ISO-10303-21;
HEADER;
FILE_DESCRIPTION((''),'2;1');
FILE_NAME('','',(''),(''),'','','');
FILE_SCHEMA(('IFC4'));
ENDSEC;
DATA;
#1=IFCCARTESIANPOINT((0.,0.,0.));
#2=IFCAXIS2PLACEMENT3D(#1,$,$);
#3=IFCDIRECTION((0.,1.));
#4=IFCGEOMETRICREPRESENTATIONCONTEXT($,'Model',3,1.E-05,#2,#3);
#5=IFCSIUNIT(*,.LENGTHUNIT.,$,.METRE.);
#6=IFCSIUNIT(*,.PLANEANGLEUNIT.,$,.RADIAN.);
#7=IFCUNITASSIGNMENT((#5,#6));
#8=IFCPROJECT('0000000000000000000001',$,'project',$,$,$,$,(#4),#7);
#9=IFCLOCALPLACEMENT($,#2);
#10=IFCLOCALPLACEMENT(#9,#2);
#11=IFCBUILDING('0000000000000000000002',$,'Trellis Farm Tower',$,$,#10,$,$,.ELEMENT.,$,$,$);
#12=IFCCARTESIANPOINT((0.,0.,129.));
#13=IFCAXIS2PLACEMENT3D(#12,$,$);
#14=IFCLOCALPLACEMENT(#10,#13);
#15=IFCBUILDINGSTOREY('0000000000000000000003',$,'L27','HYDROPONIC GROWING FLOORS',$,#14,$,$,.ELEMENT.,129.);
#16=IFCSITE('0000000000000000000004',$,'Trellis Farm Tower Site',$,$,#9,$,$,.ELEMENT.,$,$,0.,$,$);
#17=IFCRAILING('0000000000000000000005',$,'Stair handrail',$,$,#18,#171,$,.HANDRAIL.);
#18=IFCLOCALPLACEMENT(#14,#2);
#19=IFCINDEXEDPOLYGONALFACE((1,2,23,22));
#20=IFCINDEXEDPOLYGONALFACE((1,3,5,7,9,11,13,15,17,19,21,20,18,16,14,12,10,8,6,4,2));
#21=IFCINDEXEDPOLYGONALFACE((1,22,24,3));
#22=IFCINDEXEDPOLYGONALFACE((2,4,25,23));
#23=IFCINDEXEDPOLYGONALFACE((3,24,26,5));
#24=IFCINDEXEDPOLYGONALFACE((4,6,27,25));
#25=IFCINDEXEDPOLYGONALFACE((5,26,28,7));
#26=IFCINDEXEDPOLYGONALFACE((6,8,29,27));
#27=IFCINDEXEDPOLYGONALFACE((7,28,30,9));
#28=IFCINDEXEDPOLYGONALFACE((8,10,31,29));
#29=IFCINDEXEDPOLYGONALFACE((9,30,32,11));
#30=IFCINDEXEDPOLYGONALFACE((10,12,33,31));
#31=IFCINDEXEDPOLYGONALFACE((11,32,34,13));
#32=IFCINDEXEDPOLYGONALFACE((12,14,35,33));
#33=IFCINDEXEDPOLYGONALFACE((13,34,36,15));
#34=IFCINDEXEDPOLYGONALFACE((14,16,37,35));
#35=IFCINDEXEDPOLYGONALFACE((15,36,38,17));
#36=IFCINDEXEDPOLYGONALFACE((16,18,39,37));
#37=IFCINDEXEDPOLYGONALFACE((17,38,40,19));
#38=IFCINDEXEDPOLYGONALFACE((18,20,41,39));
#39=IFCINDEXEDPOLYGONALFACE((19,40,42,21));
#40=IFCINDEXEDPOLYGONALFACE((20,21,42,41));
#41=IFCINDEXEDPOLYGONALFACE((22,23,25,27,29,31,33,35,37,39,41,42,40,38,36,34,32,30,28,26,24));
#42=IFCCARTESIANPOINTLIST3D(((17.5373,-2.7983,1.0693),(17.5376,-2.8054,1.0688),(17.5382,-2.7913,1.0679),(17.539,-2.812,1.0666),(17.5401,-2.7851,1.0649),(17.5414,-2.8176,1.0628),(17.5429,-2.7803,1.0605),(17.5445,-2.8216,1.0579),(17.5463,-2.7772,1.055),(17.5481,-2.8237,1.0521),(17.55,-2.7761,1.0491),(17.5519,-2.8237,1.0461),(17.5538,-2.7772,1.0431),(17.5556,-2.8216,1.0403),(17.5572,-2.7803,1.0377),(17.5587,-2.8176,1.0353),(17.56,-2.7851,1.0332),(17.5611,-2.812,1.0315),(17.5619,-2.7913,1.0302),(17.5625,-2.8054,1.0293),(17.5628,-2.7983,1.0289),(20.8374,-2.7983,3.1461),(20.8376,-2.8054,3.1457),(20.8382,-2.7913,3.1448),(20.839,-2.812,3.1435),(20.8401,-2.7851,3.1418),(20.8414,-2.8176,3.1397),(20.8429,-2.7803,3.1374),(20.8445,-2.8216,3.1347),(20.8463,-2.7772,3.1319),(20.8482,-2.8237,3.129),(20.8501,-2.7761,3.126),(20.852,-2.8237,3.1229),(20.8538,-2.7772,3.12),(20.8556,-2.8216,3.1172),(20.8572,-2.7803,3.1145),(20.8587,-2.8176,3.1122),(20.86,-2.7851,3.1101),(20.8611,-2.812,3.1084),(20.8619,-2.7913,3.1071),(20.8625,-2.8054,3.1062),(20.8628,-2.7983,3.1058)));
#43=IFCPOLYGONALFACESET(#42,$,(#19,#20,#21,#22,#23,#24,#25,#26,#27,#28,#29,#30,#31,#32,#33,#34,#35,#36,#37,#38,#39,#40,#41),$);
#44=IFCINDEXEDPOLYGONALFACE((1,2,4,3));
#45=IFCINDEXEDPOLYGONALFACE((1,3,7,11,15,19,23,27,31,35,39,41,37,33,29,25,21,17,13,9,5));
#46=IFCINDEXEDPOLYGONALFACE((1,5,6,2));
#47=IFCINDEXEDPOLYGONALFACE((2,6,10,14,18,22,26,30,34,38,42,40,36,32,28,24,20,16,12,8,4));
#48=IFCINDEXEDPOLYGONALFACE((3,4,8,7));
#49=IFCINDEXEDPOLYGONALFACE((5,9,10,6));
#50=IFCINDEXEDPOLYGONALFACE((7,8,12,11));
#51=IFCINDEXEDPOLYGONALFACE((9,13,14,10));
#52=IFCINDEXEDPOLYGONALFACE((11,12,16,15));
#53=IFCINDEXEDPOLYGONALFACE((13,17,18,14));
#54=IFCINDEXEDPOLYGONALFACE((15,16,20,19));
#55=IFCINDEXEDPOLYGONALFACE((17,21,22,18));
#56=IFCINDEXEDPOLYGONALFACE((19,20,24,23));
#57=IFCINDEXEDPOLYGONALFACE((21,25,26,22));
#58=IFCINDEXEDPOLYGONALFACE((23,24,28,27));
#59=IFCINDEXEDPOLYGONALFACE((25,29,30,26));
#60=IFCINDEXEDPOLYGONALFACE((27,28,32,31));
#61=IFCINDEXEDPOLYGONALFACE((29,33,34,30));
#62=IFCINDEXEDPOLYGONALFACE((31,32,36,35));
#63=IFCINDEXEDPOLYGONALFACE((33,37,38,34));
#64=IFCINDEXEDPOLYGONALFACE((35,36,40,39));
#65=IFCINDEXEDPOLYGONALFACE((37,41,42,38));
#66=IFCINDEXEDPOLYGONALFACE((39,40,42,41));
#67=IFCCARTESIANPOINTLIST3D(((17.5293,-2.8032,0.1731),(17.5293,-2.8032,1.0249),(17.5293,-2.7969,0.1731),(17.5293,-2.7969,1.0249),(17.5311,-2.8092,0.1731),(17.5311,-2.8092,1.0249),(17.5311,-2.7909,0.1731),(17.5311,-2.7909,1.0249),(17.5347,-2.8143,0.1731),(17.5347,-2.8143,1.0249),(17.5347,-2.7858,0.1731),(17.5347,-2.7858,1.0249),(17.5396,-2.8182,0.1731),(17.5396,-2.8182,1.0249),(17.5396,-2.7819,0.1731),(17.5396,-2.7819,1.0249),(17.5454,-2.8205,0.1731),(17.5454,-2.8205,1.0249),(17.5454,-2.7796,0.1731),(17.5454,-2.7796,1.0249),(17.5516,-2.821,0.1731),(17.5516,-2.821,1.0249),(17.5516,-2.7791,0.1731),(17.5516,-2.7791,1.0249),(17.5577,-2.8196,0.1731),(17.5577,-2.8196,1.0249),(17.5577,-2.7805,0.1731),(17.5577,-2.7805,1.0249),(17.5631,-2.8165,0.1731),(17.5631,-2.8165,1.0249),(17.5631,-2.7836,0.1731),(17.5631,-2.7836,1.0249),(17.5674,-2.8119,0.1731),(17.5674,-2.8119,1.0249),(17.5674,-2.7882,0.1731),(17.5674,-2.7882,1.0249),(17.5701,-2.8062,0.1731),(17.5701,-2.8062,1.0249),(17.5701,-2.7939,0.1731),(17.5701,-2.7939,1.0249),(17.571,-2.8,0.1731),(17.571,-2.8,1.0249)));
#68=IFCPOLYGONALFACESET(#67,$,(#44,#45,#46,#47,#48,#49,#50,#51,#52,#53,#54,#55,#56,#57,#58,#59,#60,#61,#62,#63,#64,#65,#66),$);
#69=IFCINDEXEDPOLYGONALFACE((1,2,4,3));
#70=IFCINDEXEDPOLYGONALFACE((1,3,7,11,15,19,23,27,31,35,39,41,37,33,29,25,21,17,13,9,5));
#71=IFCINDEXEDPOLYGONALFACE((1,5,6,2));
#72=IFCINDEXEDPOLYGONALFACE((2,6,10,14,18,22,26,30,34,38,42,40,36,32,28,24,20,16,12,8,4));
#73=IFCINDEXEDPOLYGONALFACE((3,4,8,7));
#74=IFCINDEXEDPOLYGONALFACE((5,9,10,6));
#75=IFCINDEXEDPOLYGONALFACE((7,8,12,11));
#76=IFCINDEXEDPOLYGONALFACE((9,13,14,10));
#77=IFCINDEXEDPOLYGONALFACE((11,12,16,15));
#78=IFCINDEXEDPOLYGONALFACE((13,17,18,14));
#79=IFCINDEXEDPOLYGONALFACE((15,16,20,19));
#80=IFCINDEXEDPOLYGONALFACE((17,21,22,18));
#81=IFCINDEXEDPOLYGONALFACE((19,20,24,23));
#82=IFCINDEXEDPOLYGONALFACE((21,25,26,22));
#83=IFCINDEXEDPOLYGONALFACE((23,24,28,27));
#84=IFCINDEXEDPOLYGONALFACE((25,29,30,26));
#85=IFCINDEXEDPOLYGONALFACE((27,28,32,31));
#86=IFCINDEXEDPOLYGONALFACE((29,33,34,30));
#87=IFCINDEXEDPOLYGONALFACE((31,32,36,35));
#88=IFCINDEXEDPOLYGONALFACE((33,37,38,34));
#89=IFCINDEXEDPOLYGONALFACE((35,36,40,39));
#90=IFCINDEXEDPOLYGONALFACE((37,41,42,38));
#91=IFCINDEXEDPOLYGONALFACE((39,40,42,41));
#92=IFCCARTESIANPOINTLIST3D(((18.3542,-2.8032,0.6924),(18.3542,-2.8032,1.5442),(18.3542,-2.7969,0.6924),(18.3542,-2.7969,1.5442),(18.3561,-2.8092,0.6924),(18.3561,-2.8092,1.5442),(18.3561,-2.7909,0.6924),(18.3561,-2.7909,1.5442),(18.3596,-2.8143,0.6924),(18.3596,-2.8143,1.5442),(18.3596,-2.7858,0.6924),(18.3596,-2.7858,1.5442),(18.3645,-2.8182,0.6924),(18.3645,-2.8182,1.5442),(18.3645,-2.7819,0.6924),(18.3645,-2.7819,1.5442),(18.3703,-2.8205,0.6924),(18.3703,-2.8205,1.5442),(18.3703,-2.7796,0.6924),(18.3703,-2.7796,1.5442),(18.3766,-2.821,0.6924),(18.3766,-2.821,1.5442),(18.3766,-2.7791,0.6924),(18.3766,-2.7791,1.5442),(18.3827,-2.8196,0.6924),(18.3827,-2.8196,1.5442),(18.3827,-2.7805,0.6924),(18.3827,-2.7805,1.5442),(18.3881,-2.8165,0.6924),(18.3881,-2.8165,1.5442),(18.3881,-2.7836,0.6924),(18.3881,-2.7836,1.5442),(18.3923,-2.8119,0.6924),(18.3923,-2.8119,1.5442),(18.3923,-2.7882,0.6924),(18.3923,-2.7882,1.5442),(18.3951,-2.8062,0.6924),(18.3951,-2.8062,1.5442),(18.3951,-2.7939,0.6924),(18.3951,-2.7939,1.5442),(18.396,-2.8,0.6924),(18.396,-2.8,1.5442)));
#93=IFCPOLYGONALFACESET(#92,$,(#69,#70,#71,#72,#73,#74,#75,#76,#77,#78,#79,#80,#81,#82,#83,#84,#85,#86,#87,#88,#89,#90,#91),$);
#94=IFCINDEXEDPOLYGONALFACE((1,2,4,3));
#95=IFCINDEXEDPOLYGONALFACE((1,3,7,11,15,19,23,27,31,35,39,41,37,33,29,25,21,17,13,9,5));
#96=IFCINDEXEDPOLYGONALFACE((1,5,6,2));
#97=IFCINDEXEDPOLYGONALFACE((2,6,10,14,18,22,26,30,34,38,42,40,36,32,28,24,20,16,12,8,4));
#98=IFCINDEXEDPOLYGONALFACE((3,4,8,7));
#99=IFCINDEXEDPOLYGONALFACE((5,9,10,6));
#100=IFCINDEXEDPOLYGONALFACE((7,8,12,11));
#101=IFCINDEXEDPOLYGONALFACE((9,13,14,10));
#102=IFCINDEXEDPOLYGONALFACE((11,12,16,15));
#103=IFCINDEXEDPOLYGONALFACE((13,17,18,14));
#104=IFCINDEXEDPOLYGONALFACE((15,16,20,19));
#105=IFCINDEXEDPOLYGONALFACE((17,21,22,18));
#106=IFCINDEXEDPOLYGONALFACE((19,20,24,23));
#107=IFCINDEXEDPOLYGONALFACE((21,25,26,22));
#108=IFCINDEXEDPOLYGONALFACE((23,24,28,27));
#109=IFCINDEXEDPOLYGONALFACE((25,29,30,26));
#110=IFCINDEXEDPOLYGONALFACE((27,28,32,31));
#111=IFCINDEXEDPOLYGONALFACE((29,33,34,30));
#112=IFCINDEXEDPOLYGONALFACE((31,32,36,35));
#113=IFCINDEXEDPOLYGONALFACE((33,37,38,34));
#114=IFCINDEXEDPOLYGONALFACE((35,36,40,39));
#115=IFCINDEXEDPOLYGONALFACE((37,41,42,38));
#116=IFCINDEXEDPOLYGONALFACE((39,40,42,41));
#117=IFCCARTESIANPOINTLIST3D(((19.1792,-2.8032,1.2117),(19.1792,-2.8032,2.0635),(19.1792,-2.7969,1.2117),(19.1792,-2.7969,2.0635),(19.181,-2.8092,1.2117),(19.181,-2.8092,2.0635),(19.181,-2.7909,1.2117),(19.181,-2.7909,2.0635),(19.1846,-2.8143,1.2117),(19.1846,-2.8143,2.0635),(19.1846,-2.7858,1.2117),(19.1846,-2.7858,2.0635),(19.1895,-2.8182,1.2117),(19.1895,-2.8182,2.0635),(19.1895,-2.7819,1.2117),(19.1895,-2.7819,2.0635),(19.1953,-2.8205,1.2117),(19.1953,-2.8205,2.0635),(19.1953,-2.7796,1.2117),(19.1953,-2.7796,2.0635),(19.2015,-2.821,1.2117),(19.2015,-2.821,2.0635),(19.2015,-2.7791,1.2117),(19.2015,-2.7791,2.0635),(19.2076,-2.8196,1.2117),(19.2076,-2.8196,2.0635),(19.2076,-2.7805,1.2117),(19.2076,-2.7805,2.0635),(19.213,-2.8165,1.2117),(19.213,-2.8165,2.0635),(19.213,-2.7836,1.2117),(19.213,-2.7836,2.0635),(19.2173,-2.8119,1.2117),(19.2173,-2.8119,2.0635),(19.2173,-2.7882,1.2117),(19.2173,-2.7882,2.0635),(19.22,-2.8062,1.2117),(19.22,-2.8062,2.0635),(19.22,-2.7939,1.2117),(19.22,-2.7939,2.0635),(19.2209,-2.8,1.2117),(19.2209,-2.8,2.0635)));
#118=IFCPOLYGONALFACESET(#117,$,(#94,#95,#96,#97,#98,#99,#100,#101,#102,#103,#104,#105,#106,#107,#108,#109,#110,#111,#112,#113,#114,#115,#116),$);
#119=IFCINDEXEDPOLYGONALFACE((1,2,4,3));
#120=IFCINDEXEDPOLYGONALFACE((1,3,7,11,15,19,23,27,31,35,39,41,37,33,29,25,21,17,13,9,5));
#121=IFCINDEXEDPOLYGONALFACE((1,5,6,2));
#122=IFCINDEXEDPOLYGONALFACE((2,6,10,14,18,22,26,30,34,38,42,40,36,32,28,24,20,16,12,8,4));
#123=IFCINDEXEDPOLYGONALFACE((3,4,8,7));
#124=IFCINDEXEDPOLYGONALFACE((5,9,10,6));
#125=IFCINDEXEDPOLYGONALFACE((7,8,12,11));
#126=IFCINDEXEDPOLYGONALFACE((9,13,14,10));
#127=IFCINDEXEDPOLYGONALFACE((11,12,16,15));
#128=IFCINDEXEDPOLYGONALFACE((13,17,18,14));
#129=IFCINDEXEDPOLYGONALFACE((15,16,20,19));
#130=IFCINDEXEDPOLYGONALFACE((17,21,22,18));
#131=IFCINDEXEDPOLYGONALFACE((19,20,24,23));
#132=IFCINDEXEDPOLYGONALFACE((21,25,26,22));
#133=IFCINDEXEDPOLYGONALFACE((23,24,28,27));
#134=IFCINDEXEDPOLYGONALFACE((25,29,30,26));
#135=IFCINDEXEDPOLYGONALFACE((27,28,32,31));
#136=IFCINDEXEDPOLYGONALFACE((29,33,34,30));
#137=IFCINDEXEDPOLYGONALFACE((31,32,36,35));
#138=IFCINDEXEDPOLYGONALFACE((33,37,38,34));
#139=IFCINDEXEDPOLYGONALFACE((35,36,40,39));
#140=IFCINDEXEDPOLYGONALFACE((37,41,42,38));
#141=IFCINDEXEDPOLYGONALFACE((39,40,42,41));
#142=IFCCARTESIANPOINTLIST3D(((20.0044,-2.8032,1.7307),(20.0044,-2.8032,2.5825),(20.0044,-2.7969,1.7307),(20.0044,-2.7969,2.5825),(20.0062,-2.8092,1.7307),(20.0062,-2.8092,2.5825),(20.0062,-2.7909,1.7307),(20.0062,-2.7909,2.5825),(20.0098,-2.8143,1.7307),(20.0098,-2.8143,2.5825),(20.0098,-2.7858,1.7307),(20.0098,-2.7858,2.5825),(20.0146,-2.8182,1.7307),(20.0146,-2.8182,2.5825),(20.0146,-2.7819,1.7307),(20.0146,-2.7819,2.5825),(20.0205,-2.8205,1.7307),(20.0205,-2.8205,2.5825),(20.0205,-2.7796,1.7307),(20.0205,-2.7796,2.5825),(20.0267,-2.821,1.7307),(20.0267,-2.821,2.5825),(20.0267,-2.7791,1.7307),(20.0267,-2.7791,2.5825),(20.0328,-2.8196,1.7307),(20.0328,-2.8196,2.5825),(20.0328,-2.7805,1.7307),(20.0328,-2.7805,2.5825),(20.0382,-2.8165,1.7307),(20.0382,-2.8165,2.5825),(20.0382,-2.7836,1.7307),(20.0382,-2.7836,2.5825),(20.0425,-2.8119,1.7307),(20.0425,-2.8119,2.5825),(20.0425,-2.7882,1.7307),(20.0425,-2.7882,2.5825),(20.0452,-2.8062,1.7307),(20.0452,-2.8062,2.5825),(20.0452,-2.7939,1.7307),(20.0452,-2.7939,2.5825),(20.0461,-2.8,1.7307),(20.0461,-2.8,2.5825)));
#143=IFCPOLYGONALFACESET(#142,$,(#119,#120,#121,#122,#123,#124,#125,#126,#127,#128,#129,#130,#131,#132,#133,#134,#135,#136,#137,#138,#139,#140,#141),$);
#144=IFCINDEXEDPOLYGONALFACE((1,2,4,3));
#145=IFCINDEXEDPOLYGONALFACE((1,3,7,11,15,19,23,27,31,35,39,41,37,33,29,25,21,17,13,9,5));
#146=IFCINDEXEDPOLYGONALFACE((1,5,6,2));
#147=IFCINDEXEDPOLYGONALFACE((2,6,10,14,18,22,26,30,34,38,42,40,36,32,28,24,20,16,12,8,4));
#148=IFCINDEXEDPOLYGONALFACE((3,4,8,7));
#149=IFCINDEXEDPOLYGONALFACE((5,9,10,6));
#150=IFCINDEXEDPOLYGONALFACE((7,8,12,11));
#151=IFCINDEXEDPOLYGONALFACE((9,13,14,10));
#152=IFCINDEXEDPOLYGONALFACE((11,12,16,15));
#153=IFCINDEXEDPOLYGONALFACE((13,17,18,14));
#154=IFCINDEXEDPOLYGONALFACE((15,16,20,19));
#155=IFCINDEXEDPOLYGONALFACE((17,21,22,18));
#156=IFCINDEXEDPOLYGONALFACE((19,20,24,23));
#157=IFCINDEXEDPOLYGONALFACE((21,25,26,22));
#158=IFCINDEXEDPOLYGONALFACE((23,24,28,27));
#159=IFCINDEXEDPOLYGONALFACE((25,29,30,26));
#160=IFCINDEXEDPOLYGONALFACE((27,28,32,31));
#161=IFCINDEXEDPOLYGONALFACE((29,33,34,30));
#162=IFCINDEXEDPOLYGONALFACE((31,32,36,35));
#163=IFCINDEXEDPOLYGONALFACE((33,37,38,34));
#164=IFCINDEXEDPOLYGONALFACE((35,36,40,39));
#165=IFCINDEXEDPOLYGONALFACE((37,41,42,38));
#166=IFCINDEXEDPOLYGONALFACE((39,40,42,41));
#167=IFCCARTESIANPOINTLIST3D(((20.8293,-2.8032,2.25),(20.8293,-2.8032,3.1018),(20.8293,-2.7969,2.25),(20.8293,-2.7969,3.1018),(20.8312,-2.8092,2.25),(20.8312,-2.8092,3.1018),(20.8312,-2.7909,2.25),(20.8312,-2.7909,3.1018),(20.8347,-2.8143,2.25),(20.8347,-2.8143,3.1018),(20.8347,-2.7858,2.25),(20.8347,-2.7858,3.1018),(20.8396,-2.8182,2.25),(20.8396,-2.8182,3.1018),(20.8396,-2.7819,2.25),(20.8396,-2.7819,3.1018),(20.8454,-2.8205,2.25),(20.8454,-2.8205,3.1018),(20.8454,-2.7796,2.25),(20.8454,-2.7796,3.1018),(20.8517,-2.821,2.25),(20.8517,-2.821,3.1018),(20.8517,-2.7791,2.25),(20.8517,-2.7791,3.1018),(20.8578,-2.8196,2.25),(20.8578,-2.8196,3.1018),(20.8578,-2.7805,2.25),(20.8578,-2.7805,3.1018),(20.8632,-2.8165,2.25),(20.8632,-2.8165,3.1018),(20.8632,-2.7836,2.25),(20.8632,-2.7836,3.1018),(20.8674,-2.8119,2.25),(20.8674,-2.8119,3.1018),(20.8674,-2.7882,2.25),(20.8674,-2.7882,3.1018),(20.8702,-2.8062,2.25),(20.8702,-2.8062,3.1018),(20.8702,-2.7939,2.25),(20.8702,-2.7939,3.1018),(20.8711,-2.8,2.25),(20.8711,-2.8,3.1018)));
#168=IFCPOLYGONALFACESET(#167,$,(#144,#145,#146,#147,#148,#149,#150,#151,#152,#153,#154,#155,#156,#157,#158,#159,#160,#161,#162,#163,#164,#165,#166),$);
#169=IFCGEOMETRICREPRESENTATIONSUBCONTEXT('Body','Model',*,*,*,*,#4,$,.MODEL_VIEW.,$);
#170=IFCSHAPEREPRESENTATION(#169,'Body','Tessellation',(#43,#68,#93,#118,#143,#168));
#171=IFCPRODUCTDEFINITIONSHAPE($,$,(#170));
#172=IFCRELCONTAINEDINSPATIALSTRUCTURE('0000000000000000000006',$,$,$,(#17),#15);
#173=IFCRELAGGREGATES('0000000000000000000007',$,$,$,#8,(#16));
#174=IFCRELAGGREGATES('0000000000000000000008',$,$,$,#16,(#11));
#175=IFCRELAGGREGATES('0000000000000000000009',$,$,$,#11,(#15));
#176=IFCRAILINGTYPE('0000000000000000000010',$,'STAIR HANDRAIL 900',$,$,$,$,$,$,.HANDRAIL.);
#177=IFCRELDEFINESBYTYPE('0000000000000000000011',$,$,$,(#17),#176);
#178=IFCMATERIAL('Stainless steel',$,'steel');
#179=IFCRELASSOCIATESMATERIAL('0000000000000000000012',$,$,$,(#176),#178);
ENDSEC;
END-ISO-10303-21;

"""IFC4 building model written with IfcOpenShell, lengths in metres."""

from ifc_helpers import new_model, si_unit, direction, frame, origin, origin_2d, place, context, subcontext, project, spatial, circle, extrude, source, transform, mapped, material, type_object, element, save


model = new_model("IFC4")

# Units and contexts
model_context = context("Model", 3, precision=1e-05, world=origin(), true_north=direction((0.0, 1.0)))
body_context = subcontext(model_context, "Body", "Model", "MODEL_VIEW")
ifc_project = project(units=[si_unit("LENGTHUNIT", "METRE"), si_unit("PLANEANGLEUNIT", "RADIAN")], contexts=[model_context])

# Site, building, storey
site_placement = place(None, origin())
site = spatial("IfcSite", under=ifc_project, at=site_placement, Name="Trellis Farm Tower Site", CompositionType="ELEMENT", RefElevation=0.0)
building_placement = place(site_placement, origin())
building = spatial("IfcBuilding", under=site, at=building_placement, Name="Trellis Farm Tower", CompositionType="ELEMENT")
storey_placement = place(building_placement, frame((0.0, 0.0, 129.0)))
storey = spatial("IfcBuildingStorey", under=building, at=storey_placement, Name="L27", Description="HYDROPONIC GROWING FLOORS", CompositionType="ELEMENT", Elevation=129.0)

# Shared definitions
ifc_material_1 = material(Name="Stainless steel", Category="steel")

# Railing
railing_type = type_object("IfcRailingType", Name="STAIR HANDRAIL 900", PredefinedType="HANDRAIL", material=ifc_material_1)
shared_shape_1 = source(origin(), body_context, "Body", "SweptSolid", [
    extrude(circle(Radius=0.0239, at=origin_2d()), frame((0.0, 0.0, 0.876), z_axis=(0.846337, 0.0, 0.532647), x_axis=(0.0, 1.0, 0.0)), (0.0, 0.0, 1.0), 3.8992),
    extrude(circle(Radius=0.021, at=origin_2d()), origin(), (0.0, 0.0, 1.0), 0.8518),
    extrude(circle(Radius=0.021, at=origin_2d()), frame((0.825, 0.0, 0.5193)), (0.0, 0.0, 1.0), 0.8518),
    extrude(circle(Radius=0.021, at=origin_2d()), frame((1.6499, 0.0, 1.0386)), (0.0, 0.0, 1.0), 0.8518),
    extrude(circle(Radius=0.021, at=origin_2d()), frame((2.4751, 0.0, 1.5576)), (0.0, 0.0, 1.0), 0.8518),
    extrude(circle(Radius=0.021, at=origin_2d()), frame((3.3, 0.0, 2.0769)), (0.0, 0.0, 1.0), 0.8518),
])
for number, where, name in (
    (1, (17.55, -2.8, 0.1731), "Stair handrail"),
):
    element("IfcRailing", number, at=place(storey_placement, frame(where)), inside=storey, type_object=railing_type, Name=name, PredefinedType="HANDRAIL", context=body_context, shape_type="MappedRepresentation", body=[
        mapped(shared_shape_1, transform((0.0, 0.0, 0.0))),
    ])

save(model, "model.ifc")
